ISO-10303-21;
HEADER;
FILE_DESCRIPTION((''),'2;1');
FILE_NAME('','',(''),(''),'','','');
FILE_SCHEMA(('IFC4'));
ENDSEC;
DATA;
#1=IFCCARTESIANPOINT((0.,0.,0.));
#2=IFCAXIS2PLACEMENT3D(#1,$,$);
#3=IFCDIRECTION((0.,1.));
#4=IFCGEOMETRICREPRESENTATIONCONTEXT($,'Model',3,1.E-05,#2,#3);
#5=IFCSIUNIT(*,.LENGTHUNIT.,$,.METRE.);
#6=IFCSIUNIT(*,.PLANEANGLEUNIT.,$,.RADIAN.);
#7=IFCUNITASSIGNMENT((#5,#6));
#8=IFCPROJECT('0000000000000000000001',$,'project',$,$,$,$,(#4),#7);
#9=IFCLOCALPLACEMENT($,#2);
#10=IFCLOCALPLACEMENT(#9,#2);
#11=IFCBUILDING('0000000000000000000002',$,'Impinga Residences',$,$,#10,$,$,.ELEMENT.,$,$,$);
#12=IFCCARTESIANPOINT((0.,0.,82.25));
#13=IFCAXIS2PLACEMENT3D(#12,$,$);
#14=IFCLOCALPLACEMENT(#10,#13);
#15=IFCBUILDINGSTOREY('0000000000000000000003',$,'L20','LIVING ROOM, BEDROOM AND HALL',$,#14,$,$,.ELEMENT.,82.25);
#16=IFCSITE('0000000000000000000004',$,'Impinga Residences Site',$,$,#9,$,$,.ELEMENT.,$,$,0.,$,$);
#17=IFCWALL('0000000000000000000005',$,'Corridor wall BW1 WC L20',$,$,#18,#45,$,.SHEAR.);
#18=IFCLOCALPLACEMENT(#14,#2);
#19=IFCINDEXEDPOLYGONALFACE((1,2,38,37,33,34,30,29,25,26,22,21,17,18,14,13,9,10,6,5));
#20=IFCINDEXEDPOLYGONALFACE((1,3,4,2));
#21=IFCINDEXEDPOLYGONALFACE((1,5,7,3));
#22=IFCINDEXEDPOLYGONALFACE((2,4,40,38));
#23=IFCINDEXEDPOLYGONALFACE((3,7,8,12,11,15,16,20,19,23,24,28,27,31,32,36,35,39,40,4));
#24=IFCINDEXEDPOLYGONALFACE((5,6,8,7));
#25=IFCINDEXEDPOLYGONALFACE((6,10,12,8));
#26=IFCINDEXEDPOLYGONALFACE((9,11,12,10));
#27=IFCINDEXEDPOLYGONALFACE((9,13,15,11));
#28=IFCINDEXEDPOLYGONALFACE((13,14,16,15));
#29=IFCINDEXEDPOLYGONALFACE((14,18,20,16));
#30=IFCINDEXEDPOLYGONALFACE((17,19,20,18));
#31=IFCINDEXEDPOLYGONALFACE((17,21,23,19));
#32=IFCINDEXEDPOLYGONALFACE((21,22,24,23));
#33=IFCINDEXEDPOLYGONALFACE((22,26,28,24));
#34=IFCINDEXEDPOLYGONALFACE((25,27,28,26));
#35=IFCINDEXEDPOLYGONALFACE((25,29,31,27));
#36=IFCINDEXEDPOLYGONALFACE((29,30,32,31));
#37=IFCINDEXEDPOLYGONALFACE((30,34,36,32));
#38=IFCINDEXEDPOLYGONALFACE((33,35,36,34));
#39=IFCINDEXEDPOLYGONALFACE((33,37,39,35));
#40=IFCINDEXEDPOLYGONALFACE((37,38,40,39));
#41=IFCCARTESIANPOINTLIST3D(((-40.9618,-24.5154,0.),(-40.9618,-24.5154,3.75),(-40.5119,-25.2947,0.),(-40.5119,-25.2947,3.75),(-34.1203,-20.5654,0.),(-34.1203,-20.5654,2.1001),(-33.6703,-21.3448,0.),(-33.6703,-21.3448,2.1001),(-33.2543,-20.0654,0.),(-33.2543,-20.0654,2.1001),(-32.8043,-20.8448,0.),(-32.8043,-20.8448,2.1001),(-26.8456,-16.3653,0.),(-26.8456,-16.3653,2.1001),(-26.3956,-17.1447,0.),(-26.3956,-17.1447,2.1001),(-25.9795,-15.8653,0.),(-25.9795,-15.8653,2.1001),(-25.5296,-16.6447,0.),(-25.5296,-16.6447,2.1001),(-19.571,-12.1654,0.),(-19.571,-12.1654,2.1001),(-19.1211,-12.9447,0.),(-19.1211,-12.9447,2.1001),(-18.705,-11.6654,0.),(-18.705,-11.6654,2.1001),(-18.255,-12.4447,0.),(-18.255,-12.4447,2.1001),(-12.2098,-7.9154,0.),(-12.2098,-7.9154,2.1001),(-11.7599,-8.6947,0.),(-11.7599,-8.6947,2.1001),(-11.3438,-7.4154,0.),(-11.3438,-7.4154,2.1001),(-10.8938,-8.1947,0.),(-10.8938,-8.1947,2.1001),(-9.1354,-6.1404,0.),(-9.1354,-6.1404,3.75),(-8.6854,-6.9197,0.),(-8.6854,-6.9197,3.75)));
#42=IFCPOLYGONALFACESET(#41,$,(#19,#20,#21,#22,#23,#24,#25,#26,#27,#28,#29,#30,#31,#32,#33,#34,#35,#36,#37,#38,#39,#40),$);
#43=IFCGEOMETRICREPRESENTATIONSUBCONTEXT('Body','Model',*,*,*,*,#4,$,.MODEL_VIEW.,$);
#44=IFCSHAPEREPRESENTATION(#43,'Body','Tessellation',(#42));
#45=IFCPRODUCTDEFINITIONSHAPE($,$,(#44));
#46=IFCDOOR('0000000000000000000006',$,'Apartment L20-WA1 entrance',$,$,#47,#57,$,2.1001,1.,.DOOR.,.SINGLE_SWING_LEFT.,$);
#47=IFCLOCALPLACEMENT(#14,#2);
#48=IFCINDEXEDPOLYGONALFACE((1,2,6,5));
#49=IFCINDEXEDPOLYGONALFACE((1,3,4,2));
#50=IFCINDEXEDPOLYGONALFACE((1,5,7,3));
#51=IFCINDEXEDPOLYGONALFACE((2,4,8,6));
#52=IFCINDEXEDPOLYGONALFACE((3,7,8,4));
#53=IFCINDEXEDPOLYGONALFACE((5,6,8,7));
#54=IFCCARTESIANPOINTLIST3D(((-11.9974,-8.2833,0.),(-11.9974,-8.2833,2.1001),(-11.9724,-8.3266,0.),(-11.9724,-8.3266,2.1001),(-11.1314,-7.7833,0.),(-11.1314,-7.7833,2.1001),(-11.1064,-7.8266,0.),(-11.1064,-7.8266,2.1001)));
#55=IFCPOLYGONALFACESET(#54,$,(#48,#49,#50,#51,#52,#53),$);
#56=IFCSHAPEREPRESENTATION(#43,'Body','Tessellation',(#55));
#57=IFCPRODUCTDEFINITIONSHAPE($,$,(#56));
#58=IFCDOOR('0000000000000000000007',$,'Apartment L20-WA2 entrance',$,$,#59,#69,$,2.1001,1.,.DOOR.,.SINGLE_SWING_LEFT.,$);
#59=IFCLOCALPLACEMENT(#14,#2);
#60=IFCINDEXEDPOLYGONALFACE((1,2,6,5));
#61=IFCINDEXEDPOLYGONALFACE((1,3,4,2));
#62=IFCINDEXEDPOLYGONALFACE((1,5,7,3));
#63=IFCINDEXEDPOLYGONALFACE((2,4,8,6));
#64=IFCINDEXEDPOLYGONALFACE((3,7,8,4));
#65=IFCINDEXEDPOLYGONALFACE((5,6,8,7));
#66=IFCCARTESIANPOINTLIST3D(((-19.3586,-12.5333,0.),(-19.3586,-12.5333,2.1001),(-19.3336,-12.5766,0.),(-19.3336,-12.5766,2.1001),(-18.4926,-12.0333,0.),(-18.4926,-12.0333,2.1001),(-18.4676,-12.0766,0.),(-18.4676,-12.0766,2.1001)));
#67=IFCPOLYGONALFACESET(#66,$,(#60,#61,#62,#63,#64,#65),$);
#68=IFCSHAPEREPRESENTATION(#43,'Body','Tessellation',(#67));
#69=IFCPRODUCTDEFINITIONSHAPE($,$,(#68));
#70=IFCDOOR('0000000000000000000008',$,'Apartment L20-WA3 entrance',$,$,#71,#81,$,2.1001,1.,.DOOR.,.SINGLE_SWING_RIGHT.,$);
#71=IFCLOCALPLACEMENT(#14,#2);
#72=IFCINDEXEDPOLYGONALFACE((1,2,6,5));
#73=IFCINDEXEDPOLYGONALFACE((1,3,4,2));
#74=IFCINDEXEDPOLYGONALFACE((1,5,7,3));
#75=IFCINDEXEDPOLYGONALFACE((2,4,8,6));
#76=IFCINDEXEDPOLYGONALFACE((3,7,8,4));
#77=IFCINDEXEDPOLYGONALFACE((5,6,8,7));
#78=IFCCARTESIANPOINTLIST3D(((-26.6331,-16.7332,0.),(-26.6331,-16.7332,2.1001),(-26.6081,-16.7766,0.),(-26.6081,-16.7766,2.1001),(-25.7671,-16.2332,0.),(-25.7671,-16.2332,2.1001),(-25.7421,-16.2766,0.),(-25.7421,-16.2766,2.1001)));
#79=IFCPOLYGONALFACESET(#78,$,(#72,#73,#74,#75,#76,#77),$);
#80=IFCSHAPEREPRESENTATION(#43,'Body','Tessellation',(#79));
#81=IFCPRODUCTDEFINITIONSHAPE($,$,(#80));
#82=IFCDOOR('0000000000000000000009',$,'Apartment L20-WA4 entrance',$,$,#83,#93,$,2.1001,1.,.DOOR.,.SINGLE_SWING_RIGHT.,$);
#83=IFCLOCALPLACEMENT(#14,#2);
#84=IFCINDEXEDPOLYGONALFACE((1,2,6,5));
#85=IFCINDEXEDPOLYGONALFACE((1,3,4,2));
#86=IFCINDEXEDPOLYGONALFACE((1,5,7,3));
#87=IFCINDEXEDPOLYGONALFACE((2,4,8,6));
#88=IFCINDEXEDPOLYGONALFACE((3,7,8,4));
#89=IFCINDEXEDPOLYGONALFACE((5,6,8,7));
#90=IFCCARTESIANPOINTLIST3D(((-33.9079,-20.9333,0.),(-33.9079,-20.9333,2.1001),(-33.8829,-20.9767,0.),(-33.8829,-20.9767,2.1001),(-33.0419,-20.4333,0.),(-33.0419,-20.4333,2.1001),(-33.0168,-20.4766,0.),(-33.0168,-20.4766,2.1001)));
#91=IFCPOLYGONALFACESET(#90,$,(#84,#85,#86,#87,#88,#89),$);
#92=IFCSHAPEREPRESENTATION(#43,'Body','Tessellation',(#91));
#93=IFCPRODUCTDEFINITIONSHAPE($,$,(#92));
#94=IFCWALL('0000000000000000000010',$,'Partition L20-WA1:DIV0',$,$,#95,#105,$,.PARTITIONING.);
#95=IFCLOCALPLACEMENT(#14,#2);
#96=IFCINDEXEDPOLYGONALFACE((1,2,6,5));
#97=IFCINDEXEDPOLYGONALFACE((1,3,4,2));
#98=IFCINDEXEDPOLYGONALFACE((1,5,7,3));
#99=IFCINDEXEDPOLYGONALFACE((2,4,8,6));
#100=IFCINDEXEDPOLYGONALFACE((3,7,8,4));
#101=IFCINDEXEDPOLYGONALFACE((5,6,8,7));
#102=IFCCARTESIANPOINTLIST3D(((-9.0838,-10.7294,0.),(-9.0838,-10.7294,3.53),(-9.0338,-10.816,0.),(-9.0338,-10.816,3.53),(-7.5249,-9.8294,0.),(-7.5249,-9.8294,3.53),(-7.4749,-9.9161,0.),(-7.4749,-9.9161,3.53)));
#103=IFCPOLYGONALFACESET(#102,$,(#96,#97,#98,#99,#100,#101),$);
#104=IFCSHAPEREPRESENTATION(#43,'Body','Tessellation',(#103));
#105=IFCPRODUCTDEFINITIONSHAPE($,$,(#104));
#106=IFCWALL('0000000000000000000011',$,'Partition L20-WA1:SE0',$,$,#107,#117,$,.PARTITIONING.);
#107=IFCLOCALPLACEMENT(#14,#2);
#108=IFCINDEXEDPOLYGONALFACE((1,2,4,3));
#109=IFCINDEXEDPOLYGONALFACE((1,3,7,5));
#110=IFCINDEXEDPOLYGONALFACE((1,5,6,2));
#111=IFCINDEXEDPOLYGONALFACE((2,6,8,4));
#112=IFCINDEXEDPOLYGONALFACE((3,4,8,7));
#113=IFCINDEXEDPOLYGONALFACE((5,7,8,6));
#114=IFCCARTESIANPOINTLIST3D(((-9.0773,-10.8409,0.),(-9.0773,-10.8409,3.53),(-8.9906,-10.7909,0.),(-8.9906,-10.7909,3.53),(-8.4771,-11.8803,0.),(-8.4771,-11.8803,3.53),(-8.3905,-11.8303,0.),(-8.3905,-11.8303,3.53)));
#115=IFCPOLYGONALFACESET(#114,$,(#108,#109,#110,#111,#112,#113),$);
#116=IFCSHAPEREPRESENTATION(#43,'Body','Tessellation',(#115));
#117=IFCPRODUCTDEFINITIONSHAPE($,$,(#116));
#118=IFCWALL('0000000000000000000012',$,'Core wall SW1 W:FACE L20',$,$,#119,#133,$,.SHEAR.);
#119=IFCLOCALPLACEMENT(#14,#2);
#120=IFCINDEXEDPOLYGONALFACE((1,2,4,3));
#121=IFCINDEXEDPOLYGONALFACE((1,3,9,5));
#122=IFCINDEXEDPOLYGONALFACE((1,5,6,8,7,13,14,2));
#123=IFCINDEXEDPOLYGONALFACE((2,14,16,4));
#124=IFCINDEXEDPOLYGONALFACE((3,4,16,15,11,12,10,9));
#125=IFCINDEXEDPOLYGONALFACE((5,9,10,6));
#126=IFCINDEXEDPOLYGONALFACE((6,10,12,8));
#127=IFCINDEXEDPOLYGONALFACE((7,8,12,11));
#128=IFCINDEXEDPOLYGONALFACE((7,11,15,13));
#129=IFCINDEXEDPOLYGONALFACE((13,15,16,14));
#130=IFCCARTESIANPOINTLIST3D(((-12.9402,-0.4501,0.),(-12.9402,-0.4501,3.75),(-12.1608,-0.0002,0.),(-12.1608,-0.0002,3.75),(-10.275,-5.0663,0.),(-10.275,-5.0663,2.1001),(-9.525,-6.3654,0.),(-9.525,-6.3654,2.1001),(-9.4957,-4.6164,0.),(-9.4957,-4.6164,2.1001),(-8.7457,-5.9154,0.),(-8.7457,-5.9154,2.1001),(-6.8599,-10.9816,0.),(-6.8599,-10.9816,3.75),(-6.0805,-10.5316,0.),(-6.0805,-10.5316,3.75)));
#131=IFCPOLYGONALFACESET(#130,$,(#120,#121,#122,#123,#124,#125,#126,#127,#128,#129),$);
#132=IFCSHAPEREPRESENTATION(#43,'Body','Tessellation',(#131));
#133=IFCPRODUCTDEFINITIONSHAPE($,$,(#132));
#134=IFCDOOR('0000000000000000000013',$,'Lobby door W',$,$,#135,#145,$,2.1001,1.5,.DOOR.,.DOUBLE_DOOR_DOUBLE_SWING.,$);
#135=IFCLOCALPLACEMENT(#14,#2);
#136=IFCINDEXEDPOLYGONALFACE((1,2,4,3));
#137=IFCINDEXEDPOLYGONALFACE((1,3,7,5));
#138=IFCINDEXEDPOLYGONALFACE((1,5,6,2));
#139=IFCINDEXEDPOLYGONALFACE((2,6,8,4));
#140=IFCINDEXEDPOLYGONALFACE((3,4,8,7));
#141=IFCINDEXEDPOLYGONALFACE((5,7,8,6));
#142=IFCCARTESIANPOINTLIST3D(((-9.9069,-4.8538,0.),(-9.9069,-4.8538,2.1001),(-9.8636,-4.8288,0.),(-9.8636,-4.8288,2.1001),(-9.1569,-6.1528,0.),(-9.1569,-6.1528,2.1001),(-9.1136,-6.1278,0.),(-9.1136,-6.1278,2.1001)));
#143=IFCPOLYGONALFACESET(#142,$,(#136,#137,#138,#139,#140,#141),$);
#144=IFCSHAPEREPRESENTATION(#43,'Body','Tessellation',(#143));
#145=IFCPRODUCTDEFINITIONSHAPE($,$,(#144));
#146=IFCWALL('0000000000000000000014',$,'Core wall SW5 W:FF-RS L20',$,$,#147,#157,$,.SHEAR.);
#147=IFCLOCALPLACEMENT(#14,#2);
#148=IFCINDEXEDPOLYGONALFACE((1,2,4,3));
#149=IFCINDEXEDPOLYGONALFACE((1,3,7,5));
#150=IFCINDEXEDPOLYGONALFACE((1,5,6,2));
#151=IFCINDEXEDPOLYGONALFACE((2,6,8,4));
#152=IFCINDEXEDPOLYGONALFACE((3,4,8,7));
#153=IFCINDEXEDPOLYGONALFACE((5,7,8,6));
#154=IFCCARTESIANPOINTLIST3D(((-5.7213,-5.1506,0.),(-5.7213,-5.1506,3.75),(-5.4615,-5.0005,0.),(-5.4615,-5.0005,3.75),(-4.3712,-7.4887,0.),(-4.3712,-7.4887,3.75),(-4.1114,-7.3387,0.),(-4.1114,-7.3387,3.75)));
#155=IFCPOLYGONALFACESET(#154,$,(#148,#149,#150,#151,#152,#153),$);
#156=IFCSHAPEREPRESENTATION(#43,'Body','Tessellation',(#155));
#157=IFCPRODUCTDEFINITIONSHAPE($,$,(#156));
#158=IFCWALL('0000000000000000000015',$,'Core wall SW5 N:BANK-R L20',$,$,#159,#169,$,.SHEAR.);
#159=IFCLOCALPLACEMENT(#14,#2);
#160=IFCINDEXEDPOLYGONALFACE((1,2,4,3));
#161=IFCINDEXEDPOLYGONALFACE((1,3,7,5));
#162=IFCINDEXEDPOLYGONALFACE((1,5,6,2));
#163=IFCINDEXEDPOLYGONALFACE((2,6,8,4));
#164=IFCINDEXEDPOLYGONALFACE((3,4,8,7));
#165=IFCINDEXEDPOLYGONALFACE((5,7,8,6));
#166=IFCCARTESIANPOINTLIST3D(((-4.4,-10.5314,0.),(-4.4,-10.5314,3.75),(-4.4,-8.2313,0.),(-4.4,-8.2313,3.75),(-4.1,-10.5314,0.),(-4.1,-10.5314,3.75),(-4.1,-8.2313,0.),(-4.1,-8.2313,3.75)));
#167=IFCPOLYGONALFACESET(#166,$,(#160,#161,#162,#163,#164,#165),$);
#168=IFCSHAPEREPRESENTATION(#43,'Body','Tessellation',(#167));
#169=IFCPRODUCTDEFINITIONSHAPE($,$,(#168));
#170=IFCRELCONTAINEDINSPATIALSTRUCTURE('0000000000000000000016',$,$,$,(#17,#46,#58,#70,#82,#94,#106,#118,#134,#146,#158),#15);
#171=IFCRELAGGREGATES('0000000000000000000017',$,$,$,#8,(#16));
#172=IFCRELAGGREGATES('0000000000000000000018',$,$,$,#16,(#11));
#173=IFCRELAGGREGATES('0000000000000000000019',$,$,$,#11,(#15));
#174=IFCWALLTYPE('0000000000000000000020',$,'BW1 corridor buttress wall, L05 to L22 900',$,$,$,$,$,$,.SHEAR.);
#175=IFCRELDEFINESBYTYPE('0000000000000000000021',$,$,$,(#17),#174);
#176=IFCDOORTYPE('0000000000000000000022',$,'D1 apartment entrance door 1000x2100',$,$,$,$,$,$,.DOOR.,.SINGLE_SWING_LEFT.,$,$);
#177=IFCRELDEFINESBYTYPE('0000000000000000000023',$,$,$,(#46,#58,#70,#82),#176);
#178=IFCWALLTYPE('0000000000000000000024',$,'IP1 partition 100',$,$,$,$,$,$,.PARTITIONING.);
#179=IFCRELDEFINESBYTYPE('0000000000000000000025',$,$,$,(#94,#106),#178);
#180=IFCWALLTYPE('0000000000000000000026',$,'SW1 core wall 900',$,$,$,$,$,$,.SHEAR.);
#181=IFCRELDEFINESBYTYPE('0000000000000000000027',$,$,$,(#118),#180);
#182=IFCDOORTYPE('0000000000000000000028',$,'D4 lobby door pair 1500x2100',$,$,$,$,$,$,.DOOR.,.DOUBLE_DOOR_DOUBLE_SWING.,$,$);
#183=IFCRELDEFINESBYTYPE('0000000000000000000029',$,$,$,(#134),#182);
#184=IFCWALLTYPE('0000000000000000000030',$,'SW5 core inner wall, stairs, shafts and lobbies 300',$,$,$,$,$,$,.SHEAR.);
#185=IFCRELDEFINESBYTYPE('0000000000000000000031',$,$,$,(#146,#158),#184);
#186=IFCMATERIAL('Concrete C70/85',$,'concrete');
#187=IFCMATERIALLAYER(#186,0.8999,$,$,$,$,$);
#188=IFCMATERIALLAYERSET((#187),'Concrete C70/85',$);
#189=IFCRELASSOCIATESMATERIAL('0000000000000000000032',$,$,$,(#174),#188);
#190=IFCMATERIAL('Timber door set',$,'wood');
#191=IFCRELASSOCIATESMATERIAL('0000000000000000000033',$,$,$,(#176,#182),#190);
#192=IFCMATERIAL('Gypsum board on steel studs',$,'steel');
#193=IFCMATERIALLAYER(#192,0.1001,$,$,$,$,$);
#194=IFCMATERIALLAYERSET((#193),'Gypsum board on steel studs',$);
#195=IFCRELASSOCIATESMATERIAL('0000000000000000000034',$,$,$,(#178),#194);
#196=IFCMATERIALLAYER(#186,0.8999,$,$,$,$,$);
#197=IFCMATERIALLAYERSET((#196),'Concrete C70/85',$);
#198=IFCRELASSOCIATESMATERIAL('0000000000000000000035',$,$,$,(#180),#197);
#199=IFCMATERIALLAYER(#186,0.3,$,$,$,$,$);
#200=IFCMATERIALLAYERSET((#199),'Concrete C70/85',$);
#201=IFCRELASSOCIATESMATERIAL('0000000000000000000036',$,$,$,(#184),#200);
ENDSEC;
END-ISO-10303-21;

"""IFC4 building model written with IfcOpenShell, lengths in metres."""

from ifc_helpers import new_model, si_unit, direction, frame, frame_2d, origin, place, context, subcontext, project, spatial, rectangle, extrude, material, layer, layer_set, type_object, element, fill, save


model = new_model("IFC4")

# Units and contexts
model_context = context("Model", 3, precision=1e-05, world=origin(), true_north=direction((0.0, 1.0)))
body_context = subcontext(model_context, "Body", "Model", "MODEL_VIEW")
ifc_project = project(units=[si_unit("LENGTHUNIT", "METRE"), si_unit("PLANEANGLEUNIT", "RADIAN")], contexts=[model_context])

# Site, building, storey
site_placement = place(None, origin())
site = spatial("IfcSite", under=ifc_project, at=site_placement, Name="Impinga Residences Site", CompositionType="ELEMENT", RefElevation=0.0)
building_placement = place(site_placement, origin())
building = spatial("IfcBuilding", under=site, at=building_placement, Name="Impinga Residences", CompositionType="ELEMENT")
storey_placement = place(building_placement, frame((0.0, 0.0, 82.25)))
storey = spatial("IfcBuildingStorey", under=building, at=storey_placement, Name="L20", Description="LIVING ROOM, BEDROOM AND HALL", CompositionType="ELEMENT", Elevation=82.25)

# Wall, openings, doors
ifc_material_1 = material(Name="Concrete C70/85", Category="concrete")
ifc_layer_1 = layer(ifc_material_1, 0.8999)
ifc_layer_set_1 = layer_set([ifc_layer_1], Name="Concrete C70/85")
wall_type_1 = type_object("IfcWallType", Name="BW1 corridor buttress wall, L05 to L22 900", PredefinedType="SHEAR", material=ifc_layer_set_1)
wall_1_placement = place(storey_placement, frame((-8.9104, -6.53, 0.0), z_axis=(0.0, 0.0, 1.0), x_axis=(-0.866025, -0.5, 0.0)))
wall_1 = element("IfcWall", 1, at=wall_1_placement, inside=storey, type_object=wall_type_1, Name="Corridor wall BW1 WC L20", PredefinedType="SHEAR", context=body_context, shape_type="SweptSolid", body=[
    extrude(rectangle(XDim=36.75, YDim=0.8999, at=frame_2d((18.375, 0.0))), origin(), (0.0, 0.0, 1.0), 3.75),
])
opening_1_placement = place(wall_1_placement, frame((2.55, 0.0, 0.0)))
opening_1 = element("IfcOpeningElement", 2, at=opening_1_placement, cuts=wall_1, PredefinedType="OPENING", context=body_context, shape_type="SweptSolid", body=[
    extrude(rectangle(XDim=1.0, YDim=2.1001, at=frame_2d((0.5, 1.05))), frame((0.0, 0.46, 0.0), z_axis=(0.0, -1.0, 0.0), x_axis=(1.0, 0.0, 0.0)), (0.0, 0.0, 1.0), 0.9199),
])
opening_2_placement = place(wall_1_placement, frame((11.05, 0.0, 0.0)))
opening_2 = element("IfcOpeningElement", 3, at=opening_2_placement, cuts=wall_1, PredefinedType="OPENING", context=body_context, shape_type="SweptSolid", body=[
    extrude(rectangle(XDim=1.0, YDim=2.1001, at=frame_2d((0.5, 1.05))), frame((0.0, 0.46, 0.0), z_axis=(0.0, -1.0, 0.0), x_axis=(1.0, 0.0, 0.0)), (0.0, 0.0, 1.0), 0.9199),
])
opening_3_placement = place(wall_1_placement, frame((19.45, 0.0, 0.0)))
opening_3 = element("IfcOpeningElement", 4, at=opening_3_placement, cuts=wall_1, PredefinedType="OPENING", context=body_context, shape_type="SweptSolid", body=[
    extrude(rectangle(XDim=1.0, YDim=2.1001, at=frame_2d((0.5, 1.05))), frame((0.0, 0.46, 0.0), z_axis=(0.0, -1.0, 0.0), x_axis=(1.0, 0.0, 0.0)), (0.0, 0.0, 1.0), 0.9199),
])
opening_4_placement = place(wall_1_placement, frame((27.8501, 0.0, 0.0)))
opening_4 = element("IfcOpeningElement", 5, at=opening_4_placement, cuts=wall_1, PredefinedType="OPENING", context=body_context, shape_type="SweptSolid", body=[
    extrude(rectangle(XDim=1.0, YDim=2.1001, at=frame_2d((0.5, 1.05))), frame((0.0, 0.46, 0.0), z_axis=(0.0, -1.0, 0.0), x_axis=(1.0, 0.0, 0.0)), (0.0, 0.0, 1.0), 0.9199),
])
ifc_material_2 = material(Name="Timber door set", Category="wood")
door_type_1 = type_object("IfcDoorType", Name="D1 apartment entrance door 1000x2100", OperationType="SINGLE_SWING_LEFT", PredefinedType="DOOR", material=ifc_material_2)
door_1_placement = place(opening_1_placement, origin())
door_1 = element("IfcDoor", 6, at=door_1_placement, inside=storey, type_object=door_type_1, Name="Apartment L20-WA1 entrance", OperationType="SINGLE_SWING_LEFT", OverallHeight=2.1001, OverallWidth=1.0, PredefinedType="DOOR", context=body_context, shape_type="SweptSolid", body=[
    extrude(rectangle(XDim=1.0, YDim=2.1001, at=frame_2d((0.5, 1.05))), frame((0.0, 0.0249, 0.0), z_axis=(0.0, -1.0, 0.0), x_axis=(1.0, 0.0, 0.0)), (0.0, 0.0, 1.0), 0.05),
])
fill(opening_1, door_1)
door_2_placement = place(opening_2_placement, origin())
door_2 = element("IfcDoor", 7, at=door_2_placement, inside=storey, type_object=door_type_1, Name="Apartment L20-WA2 entrance", OperationType="SINGLE_SWING_LEFT", OverallHeight=2.1001, OverallWidth=1.0, PredefinedType="DOOR", context=body_context, shape_type="SweptSolid", body=[
    extrude(rectangle(XDim=1.0, YDim=2.1001, at=frame_2d((0.5, 1.05))), frame((0.0, 0.0249, 0.0), z_axis=(0.0, -1.0, 0.0), x_axis=(1.0, 0.0, 0.0)), (0.0, 0.0, 1.0), 0.05),
])
fill(opening_2, door_2)
door_3_placement = place(opening_3_placement, origin())
door_3 = element("IfcDoor", 8, at=door_3_placement, inside=storey, type_object=door_type_1, Name="Apartment L20-WA3 entrance", OperationType="SINGLE_SWING_RIGHT", OverallHeight=2.1001, OverallWidth=1.0, PredefinedType="DOOR", context=body_context, shape_type="SweptSolid", body=[
    extrude(rectangle(XDim=1.0, YDim=2.1001, at=frame_2d((0.5, 1.05))), frame((0.0, 0.0249, 0.0), z_axis=(0.0, -1.0, 0.0), x_axis=(1.0, 0.0, 0.0)), (0.0, 0.0, 1.0), 0.05),
])
fill(opening_3, door_3)
door_4_placement = place(opening_4_placement, origin())
door_4 = element("IfcDoor", 9, at=door_4_placement, inside=storey, type_object=door_type_1, Name="Apartment L20-WA4 entrance", OperationType="SINGLE_SWING_RIGHT", OverallHeight=2.1001, OverallWidth=1.0, PredefinedType="DOOR", context=body_context, shape_type="SweptSolid", body=[
    extrude(rectangle(XDim=1.0, YDim=2.1001, at=frame_2d((0.5, 1.05))), frame((0.0, 0.0249, 0.0), z_axis=(0.0, -1.0, 0.0), x_axis=(1.0, 0.0, 0.0)), (0.0, 0.0, 1.0), 0.05),
])
fill(opening_4, door_4)

# Walls
ifc_material_3 = material(Name="Gypsum board on steel studs", Category="steel")
ifc_layer_2 = layer(ifc_material_3, 0.1001)
ifc_layer_set_2 = layer_set([ifc_layer_2], Name="Gypsum board on steel studs")
wall_type_2 = type_object("IfcWallType", Name="IP1 partition 100", PredefinedType="PARTITIONING", material=ifc_layer_set_2)
wall_2_placement = place(storey_placement, frame((-7.5, -9.8728, 0.0), z_axis=(0.0, 0.0, 1.0), x_axis=(-0.866048, -0.499961, 0.0)))
element("IfcWall", 10, at=wall_2_placement, inside=storey, type_object=wall_type_2, Name="Partition L20-WA1:DIV0", PredefinedType="PARTITIONING", context=body_context, shape_type="SweptSolid", body=[
    extrude(rectangle(XDim=1.8, YDim=0.1001, at=frame_2d((0.8999, 0.0))), origin(), (0.0, 0.0, 1.0), 3.53),
])
wall_3_placement = place(storey_placement, frame((-9.0339, -10.8159, 0.0), z_axis=(0.0, 0.0, 1.0), x_axis=(0.500034, -0.866006, 0.0)))
element("IfcWall", 11, at=wall_3_placement, inside=storey, type_object=wall_type_2, Name="Partition L20-WA1:SE0", PredefinedType="PARTITIONING", context=body_context, shape_type="SweptSolid", body=[
    extrude(rectangle(XDim=1.2002, YDim=0.1001, at=frame_2d((0.6001, 0.0))), origin(), (0.0, 0.0, 1.0), 3.53),
])

# Wall, opening, door
ifc_layer_3 = layer(ifc_material_1, 0.8999)
ifc_layer_set_3 = layer_set([ifc_layer_3], Name="Concrete C70/85")
wall_type_3 = type_object("IfcWallType", Name="SW1 core wall 900", PredefinedType="SHEAR", material=ifc_layer_set_3)
wall_4_placement = place(storey_placement, frame((-6.4702, -10.7566, 0.0), z_axis=(0.0, 0.0, 1.0), x_axis=(-0.499998, 0.866027, 0.0)))
wall_4 = element("IfcWall", 12, at=wall_4_placement, inside=storey, type_object=wall_type_3, Name="Core wall SW1 W:FACE L20", PredefinedType="SHEAR", context=body_context, shape_type="SweptSolid", body=[
    extrude(rectangle(XDim=12.1606, YDim=0.8999, at=frame_2d((6.0803, 0.0))), origin(), (0.0, 0.0, 1.0), 3.75),
])
opening_5_placement = place(wall_4_placement, frame((5.3303, 0.0, 0.0)))
opening_5 = element("IfcOpeningElement", 13, at=opening_5_placement, cuts=wall_4, PredefinedType="OPENING", context=body_context, shape_type="SweptSolid", body=[
    extrude(rectangle(XDim=1.5, YDim=2.1001, at=frame_2d((0.75, 1.05))), frame((0.0, 0.46, 0.0), z_axis=(0.0, -1.0, 0.0), x_axis=(1.0, 0.0, 0.0)), (0.0, 0.0, 1.0), 0.9199),
])
door_type_2 = type_object("IfcDoorType", Name="D4 lobby door pair 1500x2100", OperationType="DOUBLE_DOOR_DOUBLE_SWING", PredefinedType="DOOR", material=ifc_material_2)
door_5_placement = place(opening_5_placement, origin())
door_5 = element("IfcDoor", 14, at=door_5_placement, inside=storey, type_object=door_type_2, Name="Lobby door W", OperationType="DOUBLE_DOOR_DOUBLE_SWING", OverallHeight=2.1001, OverallWidth=1.5, PredefinedType="DOOR", context=body_context, shape_type="SweptSolid", body=[
    extrude(rectangle(XDim=1.5, YDim=2.1001, at=frame_2d((0.75, 1.05))), frame((0.0, 0.0249, 0.0), z_axis=(0.0, -1.0, 0.0), x_axis=(1.0, 0.0, 0.0)), (0.0, 0.0, 1.0), 0.05),
])
fill(opening_5, door_5)

# Walls
ifc_layer_4 = layer(ifc_material_1, 0.3)
ifc_layer_set_4 = layer_set([ifc_layer_4], Name="Concrete C70/85")
wall_type_4 = type_object("IfcWallType", Name="SW5 core inner wall, stairs, shafts and lobbies 300", PredefinedType="SHEAR", material=ifc_layer_set_4)
wall_5_placement = place(storey_placement, frame((-4.2412, -7.4138, 0.0), z_axis=(0.0, 0.0, 1.0), x_axis=(-0.500049, 0.865997, 0.0)))
element("IfcWall", 15, at=wall_5_placement, inside=storey, type_object=wall_type_4, Name="Core wall SW5 W:FF-RS L20", PredefinedType="SHEAR", context=body_context, shape_type="SweptSolid", body=[
    extrude(rectangle(XDim=2.7, YDim=0.3, at=frame_2d((1.3501, 0.0))), origin(), (0.0, 0.0, 1.0), 3.75),
])
wall_6_placement = place(storey_placement, frame((-4.25, -8.2314, 0.0), z_axis=(0.0, 0.0, 1.0), x_axis=(0.0, -1.0, 0.0)))
element("IfcWall", 16, at=wall_6_placement, inside=storey, type_object=wall_type_4, Name="Core wall SW5 N:BANK-R L20", PredefinedType="SHEAR", context=body_context, shape_type="SweptSolid", body=[
    extrude(rectangle(XDim=2.3, YDim=0.3, at=frame_2d((1.1499, 0.0))), origin(), (0.0, 0.0, 1.0), 3.75),
])

save(model, "model.ifc")
